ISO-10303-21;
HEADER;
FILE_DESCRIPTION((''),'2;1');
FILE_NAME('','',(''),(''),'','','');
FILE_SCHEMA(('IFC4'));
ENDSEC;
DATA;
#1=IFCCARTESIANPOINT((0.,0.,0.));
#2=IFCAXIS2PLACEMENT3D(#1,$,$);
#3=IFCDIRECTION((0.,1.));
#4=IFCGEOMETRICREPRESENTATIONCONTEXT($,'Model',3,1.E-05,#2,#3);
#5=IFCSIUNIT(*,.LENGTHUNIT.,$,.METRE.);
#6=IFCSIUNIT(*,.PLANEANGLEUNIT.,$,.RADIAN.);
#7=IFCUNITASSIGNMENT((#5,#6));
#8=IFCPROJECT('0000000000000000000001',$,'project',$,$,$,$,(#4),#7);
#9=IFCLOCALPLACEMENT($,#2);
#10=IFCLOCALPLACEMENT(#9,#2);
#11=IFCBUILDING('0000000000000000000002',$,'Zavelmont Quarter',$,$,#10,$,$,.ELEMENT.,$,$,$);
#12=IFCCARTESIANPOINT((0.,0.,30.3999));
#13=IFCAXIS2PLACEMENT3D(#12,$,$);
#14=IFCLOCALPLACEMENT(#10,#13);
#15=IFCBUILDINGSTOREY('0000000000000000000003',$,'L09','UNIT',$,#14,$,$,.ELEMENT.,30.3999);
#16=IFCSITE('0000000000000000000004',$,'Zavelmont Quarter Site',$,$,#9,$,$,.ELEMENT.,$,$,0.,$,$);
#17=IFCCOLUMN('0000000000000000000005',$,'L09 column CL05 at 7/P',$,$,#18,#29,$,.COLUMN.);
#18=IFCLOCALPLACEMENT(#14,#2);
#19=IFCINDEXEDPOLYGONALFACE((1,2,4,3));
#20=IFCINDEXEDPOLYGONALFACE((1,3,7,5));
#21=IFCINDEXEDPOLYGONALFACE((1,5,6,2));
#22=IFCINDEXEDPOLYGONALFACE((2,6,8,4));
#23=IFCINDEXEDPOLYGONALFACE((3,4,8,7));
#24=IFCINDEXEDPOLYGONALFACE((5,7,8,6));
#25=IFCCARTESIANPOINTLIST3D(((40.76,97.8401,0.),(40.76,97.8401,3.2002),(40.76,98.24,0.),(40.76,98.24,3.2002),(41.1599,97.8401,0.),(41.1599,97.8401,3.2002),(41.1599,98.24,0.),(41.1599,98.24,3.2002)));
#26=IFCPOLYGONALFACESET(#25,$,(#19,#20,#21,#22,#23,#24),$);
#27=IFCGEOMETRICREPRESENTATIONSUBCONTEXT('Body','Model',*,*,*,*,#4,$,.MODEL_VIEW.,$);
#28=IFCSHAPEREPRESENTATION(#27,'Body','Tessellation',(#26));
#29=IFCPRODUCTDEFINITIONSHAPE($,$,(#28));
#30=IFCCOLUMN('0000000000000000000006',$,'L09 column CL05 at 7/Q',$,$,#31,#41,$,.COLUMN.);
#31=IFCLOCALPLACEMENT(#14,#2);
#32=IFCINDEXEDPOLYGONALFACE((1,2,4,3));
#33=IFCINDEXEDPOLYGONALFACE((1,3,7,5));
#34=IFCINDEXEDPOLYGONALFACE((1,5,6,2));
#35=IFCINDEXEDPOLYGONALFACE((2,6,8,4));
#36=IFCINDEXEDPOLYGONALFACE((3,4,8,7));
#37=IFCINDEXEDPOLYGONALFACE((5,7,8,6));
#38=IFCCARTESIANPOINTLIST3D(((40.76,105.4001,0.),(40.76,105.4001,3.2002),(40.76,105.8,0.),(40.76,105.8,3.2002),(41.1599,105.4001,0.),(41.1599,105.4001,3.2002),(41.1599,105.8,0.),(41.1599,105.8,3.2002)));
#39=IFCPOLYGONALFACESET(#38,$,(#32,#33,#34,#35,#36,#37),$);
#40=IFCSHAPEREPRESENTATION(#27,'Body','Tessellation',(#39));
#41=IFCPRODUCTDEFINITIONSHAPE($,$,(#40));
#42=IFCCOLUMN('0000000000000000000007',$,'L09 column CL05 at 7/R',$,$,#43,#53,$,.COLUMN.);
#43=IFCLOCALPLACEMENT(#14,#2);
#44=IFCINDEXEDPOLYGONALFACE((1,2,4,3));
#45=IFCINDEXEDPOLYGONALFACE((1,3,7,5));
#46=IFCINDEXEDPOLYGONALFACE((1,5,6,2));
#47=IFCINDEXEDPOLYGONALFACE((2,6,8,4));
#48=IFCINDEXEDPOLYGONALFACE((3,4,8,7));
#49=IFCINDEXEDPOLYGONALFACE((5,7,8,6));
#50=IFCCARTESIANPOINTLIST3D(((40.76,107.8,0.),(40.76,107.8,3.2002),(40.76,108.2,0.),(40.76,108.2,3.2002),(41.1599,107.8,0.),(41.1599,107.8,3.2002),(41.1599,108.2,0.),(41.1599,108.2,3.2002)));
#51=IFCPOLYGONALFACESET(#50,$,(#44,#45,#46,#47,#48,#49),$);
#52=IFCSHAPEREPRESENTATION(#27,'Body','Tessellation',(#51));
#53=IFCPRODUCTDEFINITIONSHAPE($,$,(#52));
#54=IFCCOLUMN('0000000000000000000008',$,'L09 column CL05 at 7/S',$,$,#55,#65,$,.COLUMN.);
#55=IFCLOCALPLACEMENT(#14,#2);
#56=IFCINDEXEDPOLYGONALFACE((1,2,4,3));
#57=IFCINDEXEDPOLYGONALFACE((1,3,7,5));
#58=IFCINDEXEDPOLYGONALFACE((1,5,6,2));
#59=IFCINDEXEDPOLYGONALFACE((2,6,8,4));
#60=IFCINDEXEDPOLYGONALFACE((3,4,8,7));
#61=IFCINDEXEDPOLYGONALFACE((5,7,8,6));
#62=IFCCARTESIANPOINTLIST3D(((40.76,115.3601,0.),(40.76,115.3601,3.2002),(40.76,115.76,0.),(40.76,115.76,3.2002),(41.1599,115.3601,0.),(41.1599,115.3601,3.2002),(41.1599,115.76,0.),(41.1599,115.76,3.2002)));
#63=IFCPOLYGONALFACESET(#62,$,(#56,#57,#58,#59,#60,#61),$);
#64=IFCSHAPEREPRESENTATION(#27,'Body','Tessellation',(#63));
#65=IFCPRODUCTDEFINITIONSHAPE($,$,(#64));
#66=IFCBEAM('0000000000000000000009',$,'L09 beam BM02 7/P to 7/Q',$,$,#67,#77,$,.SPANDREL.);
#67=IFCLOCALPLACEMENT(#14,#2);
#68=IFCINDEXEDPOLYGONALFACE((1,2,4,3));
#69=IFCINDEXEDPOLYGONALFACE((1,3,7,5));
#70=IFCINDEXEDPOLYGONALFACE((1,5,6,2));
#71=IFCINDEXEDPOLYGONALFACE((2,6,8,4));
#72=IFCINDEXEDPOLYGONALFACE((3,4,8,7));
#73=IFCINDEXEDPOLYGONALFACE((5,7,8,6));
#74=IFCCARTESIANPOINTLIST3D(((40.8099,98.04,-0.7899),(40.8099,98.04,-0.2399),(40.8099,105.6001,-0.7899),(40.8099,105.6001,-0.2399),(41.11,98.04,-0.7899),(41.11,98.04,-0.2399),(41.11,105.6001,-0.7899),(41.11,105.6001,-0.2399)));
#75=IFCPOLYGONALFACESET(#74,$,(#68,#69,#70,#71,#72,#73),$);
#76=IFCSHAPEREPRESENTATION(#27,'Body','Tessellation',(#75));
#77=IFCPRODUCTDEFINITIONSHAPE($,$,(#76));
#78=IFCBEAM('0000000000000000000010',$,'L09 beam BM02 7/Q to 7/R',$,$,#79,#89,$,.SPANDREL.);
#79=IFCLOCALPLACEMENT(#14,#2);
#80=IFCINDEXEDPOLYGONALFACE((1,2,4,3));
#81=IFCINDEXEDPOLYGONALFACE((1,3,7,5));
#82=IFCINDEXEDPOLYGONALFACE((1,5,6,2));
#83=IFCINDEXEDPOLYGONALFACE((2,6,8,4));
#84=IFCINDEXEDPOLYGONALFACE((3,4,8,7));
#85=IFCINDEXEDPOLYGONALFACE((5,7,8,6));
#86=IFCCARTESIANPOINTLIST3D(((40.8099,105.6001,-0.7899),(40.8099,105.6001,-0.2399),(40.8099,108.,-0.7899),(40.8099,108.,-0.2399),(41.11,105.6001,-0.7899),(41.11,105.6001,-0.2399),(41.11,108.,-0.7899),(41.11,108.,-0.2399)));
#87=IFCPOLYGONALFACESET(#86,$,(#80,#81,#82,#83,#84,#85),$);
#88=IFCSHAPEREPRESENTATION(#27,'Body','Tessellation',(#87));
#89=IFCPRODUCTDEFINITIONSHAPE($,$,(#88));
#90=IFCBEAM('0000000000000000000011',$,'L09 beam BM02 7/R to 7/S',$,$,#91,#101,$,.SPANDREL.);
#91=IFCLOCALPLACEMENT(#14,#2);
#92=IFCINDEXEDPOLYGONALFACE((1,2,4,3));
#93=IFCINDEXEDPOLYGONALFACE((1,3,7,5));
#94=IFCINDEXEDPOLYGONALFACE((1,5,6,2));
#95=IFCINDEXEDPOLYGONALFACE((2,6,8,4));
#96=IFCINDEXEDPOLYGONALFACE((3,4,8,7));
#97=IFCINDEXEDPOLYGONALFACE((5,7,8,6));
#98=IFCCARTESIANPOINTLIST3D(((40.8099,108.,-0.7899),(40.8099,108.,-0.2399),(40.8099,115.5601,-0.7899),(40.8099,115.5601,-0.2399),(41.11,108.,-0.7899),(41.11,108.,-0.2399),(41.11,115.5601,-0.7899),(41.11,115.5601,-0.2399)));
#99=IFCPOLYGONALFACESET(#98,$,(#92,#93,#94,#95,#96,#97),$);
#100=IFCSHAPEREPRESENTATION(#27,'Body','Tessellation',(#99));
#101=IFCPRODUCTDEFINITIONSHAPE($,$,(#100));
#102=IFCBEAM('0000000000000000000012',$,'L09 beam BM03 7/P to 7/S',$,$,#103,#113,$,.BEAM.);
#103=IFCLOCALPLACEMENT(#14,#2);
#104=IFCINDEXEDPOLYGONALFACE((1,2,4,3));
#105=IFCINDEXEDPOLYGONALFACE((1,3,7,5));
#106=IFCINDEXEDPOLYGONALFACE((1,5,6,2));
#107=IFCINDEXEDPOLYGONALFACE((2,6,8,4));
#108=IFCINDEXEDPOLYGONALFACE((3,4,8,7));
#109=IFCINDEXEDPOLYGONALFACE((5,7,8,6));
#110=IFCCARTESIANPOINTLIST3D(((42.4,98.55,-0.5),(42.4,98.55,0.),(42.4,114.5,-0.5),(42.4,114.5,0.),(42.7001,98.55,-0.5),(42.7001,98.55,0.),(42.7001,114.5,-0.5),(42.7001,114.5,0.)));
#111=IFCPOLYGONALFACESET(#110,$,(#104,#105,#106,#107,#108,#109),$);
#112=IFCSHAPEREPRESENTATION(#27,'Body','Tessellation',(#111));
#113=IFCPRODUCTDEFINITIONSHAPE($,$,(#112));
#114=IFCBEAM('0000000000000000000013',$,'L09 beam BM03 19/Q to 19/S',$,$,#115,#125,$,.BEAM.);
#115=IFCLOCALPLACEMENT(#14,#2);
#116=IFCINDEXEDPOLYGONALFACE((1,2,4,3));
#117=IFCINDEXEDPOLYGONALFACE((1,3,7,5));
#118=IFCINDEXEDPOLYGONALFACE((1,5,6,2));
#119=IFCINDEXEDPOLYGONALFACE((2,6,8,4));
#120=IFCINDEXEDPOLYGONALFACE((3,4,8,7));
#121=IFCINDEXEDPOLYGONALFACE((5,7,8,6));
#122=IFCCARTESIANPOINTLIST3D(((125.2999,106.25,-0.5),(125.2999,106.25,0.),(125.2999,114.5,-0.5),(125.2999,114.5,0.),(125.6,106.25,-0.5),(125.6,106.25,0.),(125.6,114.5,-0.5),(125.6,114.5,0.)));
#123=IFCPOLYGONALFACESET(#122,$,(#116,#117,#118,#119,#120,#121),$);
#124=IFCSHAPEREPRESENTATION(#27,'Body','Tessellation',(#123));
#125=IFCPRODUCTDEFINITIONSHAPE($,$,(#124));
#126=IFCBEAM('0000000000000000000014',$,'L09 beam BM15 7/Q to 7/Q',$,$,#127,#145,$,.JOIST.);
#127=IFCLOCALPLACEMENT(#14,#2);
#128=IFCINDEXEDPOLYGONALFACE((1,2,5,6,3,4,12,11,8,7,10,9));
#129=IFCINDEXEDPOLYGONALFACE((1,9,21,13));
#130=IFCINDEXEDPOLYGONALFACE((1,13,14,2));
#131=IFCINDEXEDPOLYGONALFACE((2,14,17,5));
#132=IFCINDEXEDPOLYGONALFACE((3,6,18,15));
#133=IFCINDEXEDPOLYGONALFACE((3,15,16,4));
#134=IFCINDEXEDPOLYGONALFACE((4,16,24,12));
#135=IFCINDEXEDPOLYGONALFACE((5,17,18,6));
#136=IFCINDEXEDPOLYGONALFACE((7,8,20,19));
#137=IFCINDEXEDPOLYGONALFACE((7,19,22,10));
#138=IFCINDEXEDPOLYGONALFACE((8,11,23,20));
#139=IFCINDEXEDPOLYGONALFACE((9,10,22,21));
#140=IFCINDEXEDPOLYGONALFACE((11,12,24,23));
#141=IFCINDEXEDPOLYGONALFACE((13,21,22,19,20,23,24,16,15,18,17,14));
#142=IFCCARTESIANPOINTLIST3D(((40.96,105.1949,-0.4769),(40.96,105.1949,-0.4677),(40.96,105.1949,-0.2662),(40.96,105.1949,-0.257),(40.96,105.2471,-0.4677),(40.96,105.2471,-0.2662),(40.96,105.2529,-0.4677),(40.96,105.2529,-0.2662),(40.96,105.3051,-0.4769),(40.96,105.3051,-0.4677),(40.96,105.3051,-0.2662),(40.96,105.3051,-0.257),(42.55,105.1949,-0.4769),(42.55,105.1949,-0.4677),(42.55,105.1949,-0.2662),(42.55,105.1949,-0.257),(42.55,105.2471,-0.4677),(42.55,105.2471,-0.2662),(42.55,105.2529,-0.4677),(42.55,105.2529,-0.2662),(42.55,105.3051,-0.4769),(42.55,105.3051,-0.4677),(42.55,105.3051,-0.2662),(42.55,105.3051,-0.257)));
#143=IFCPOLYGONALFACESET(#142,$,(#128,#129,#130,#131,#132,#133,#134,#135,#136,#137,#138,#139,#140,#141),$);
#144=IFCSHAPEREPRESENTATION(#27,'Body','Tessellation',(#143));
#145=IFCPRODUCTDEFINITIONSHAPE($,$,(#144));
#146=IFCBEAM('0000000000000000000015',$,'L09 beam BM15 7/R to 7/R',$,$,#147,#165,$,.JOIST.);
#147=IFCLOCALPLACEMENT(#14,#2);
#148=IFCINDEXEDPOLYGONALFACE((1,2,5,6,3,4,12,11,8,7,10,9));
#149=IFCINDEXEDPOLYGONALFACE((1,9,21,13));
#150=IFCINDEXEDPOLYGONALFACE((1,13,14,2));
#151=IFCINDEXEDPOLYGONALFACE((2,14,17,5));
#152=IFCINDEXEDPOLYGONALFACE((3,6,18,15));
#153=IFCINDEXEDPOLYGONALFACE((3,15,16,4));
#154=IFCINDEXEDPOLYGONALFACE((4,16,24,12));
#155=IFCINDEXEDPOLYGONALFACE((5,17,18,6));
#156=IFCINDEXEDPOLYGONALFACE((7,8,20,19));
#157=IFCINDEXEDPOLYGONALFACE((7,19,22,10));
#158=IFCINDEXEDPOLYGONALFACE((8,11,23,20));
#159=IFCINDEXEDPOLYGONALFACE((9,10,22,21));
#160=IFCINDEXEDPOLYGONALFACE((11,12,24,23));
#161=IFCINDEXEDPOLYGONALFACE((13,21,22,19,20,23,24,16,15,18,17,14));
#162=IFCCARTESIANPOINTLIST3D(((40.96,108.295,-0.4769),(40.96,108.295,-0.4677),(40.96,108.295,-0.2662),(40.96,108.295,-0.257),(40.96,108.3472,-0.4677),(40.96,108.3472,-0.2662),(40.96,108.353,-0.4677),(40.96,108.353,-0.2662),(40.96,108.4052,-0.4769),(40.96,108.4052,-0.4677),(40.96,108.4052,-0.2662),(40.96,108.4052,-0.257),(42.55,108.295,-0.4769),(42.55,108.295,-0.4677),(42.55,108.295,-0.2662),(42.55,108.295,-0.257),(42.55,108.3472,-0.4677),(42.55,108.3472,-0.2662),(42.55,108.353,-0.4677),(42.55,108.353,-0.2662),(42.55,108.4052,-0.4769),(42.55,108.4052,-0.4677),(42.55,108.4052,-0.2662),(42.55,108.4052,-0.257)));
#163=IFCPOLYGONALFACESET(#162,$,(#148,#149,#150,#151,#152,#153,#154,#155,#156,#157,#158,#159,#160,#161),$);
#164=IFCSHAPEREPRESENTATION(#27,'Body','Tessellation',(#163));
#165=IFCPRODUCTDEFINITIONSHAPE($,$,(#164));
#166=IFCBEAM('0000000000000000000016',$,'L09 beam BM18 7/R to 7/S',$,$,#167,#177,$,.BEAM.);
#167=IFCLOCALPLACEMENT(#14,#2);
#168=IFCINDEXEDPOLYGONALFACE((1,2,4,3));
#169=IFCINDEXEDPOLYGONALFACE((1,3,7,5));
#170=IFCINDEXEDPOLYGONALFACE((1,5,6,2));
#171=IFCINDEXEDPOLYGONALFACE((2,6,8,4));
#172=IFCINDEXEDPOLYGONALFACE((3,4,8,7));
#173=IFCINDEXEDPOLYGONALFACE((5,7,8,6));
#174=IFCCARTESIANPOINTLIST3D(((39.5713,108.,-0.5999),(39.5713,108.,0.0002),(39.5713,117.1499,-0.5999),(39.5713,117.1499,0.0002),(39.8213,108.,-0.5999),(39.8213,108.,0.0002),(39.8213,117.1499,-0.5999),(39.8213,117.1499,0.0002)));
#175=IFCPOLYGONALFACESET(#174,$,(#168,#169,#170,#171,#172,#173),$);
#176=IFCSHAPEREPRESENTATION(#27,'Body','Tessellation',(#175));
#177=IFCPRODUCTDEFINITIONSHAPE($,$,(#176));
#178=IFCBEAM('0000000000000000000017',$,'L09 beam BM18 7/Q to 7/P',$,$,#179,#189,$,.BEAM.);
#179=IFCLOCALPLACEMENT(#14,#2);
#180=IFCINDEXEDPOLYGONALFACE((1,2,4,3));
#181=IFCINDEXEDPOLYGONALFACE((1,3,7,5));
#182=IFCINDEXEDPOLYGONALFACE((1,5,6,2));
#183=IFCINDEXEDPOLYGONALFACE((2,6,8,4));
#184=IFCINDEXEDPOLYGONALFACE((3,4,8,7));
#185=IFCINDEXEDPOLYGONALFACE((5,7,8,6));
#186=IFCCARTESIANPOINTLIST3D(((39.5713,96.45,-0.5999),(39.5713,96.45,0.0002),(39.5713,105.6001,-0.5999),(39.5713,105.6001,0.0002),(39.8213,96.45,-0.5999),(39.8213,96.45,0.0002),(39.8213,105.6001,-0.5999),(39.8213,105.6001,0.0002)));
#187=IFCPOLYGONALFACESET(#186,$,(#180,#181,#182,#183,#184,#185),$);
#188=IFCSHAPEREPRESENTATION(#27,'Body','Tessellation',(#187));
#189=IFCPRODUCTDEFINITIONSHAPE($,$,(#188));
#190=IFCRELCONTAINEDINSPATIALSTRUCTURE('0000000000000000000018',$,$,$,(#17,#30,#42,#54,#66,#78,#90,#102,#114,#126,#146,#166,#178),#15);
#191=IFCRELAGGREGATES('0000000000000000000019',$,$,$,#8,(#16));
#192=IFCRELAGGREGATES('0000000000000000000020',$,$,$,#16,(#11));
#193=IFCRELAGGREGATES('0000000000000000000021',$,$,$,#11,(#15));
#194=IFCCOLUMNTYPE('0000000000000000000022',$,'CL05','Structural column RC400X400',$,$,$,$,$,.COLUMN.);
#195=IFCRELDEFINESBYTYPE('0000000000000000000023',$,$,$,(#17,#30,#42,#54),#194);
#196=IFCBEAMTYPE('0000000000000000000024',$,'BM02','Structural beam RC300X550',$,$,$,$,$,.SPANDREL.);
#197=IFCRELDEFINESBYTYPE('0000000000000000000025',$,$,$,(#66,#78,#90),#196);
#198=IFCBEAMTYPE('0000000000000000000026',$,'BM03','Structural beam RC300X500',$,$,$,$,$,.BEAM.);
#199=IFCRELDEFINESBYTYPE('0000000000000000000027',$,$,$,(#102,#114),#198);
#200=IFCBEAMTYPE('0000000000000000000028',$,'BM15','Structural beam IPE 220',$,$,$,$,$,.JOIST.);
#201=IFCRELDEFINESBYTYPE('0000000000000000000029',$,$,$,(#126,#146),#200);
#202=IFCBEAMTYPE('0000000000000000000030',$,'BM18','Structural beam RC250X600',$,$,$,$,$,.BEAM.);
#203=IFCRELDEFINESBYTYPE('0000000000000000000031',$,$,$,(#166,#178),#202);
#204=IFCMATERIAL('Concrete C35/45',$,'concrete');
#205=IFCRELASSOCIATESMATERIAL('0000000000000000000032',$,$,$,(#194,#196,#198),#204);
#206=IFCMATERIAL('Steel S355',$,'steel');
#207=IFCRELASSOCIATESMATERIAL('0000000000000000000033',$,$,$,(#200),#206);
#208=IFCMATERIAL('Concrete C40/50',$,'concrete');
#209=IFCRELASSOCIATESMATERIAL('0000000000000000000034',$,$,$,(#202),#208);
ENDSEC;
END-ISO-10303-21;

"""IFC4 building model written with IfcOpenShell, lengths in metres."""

from ifc_helpers import new_model, si_unit, direction, frame, origin, origin_2d, place, context, subcontext, project, spatial, rectangle, i_section, extrude, material, material_profile, profile_set, type_object, element, save


model = new_model("IFC4")

# Units and contexts
model_context = context("Model", 3, precision=1e-05, world=origin(), true_north=direction((0.0, 1.0)))
body_context = subcontext(model_context, "Body", "Model", "MODEL_VIEW")
ifc_project = project(units=[si_unit("LENGTHUNIT", "METRE"), si_unit("PLANEANGLEUNIT", "RADIAN")], contexts=[model_context])

# Site, building, storey
site_placement = place(None, origin())
site = spatial("IfcSite", under=ifc_project, at=site_placement, Name="Zavelmont Quarter Site", CompositionType="ELEMENT", RefElevation=0.0)
building_placement = place(site_placement, origin())
building = spatial("IfcBuilding", under=site, at=building_placement, Name="Zavelmont Quarter", CompositionType="ELEMENT")
storey_placement = place(building_placement, frame((0.0, 0.0, 30.3999)))
storey = spatial("IfcBuildingStorey", under=building, at=storey_placement, Name="L09", Description="UNIT", CompositionType="ELEMENT", Elevation=30.3999)

# Columns
ifc_material_1 = material(Name="Concrete C35/45", Category="concrete")
ifc_material_profile_1 = material_profile(ifc_material_1, rectangle(XDim=0.3999, YDim=0.3999, at=origin_2d()), Name="RC400X400")
ifc_profile_set_1 = profile_set([ifc_material_profile_1], Name="Concrete C35/45")
column_type = type_object("IfcColumnType", Name="CL05", Description="Structural column RC400X400", PredefinedType="COLUMN", material=ifc_profile_set_1)
for number, where, z_axis, x_axis, name in (
    (1, (40.96, 98.04, 0.0), (0.0, 0.0, 1.0), (1.0, 0.0, 0.0), "L09 column CL05 at 7/P"),
    (2, (40.96, 105.6001, 0.0), (0.0, 0.0, 1.0), (1.0, 0.0, 0.0), "L09 column CL05 at 7/Q"),
    (3, (40.96, 108.0, 0.0), (0.0, 0.0, 1.0), (1.0, 0.0, 0.0), "L09 column CL05 at 7/R"),
    (4, (40.96, 115.5601, 0.0), (0.0, 0.0, 1.0), (1.0, 0.0, 0.0), "L09 column CL05 at 7/S"),
):
    element("IfcColumn", number, at=place(storey_placement, frame(where, z_axis=z_axis, x_axis=x_axis)), inside=storey, type_object=column_type, Name=name, PredefinedType="COLUMN", context=body_context, shape_type="SweptSolid", body=[
        extrude(rectangle(XDim=0.3999, YDim=0.3999, at=origin_2d()), origin(), (0.0, 0.0, 1.0), 3.2002),
    ])

# Beams
ifc_material_profile_2 = material_profile(ifc_material_1, rectangle(XDim=0.3, YDim=0.55, at=origin_2d()), Name="RC300X550")
ifc_profile_set_2 = profile_set([ifc_material_profile_2], Name="Concrete C35/45")
beam_type_1 = type_object("IfcBeamType", Name="BM02", Description="Structural beam RC300X550", PredefinedType="SPANDREL", material=ifc_profile_set_2)
beam_1_placement = place(storey_placement, frame((40.96, 98.04, -0.5149), z_axis=(0.0, 1.0, 0.0), x_axis=(-1.0, 0.0, 0.0)))
element("IfcBeam", 5, at=beam_1_placement, inside=storey, type_object=beam_type_1, Name="L09 beam BM02 7/P to 7/Q", PredefinedType="SPANDREL", context=body_context, shape_type="SweptSolid", body=[
    extrude(rectangle(XDim=0.3, YDim=0.55, at=origin_2d()), origin(), (0.0, 0.0, 1.0), 7.5601),
])
beam_2_placement = place(storey_placement, frame((40.96, 105.6001, -0.5149), z_axis=(0.0, 1.0, 0.0), x_axis=(-1.0, 0.0, 0.0)))
element("IfcBeam", 6, at=beam_2_placement, inside=storey, type_object=beam_type_1, Name="L09 beam BM02 7/Q to 7/R", PredefinedType="SPANDREL", context=body_context, shape_type="SweptSolid", body=[
    extrude(rectangle(XDim=0.3, YDim=0.55, at=origin_2d()), origin(), (0.0, 0.0, 1.0), 2.3999),
])
beam_3_placement = place(storey_placement, frame((40.96, 108.0, -0.5149), z_axis=(0.0, 1.0, 0.0), x_axis=(-1.0, 0.0, 0.0)))
element("IfcBeam", 7, at=beam_3_placement, inside=storey, type_object=beam_type_1, Name="L09 beam BM02 7/R to 7/S", PredefinedType="SPANDREL", context=body_context, shape_type="SweptSolid", body=[
    extrude(rectangle(XDim=0.3, YDim=0.55, at=origin_2d()), origin(), (0.0, 0.0, 1.0), 7.5601),
])
ifc_material_profile_3 = material_profile(ifc_material_1, rectangle(XDim=0.3, YDim=0.5, at=origin_2d()), Name="RC300X500")
ifc_profile_set_3 = profile_set([ifc_material_profile_3], Name="Concrete C35/45")
beam_type_2 = type_object("IfcBeamType", Name="BM03", Description="Structural beam RC300X500", PredefinedType="BEAM", material=ifc_profile_set_3)
beam_4_placement = place(storey_placement, frame((42.55, 98.55, -0.25), z_axis=(0.0, 1.0, 0.0), x_axis=(-1.0, 0.0, 0.0)))
element("IfcBeam", 8, at=beam_4_placement, inside=storey, type_object=beam_type_2, Name="L09 beam BM03 7/P to 7/S", PredefinedType="BEAM", context=body_context, shape_type="SweptSolid", body=[
    extrude(rectangle(XDim=0.3, YDim=0.5, at=origin_2d()), origin(), (0.0, 0.0, 1.0), 15.95),
])
beam_5_placement = place(storey_placement, frame((125.45, 106.25, -0.25), z_axis=(0.0, 1.0, 0.0), x_axis=(-1.0, 0.0, 0.0)))
element("IfcBeam", 9, at=beam_5_placement, inside=storey, type_object=beam_type_2, Name="L09 beam BM03 19/Q to 19/S", PredefinedType="BEAM", context=body_context, shape_type="SweptSolid", body=[
    extrude(rectangle(XDim=0.3, YDim=0.5, at=origin_2d()), origin(), (0.0, 0.0, 1.0), 8.25),
])
ifc_material_2 = material(Name="Steel S355", Category="steel")
ifc_material_profile_4 = material_profile(ifc_material_2, i_section(OverallWidth=0.1101, OverallDepth=0.22, WebThickness=0.0059, FlangeThickness=0.0093, at=origin_2d()), Name="IPE 220")
ifc_profile_set_4 = profile_set([ifc_material_profile_4], Name="Steel S355")
beam_type_3 = type_object("IfcBeamType", Name="BM15", Description="Structural beam IPE 220", PredefinedType="JOIST", material=ifc_profile_set_4)
for number, where, z_axis, x_axis, name in (
    (10, (40.96, 105.25, -0.3669), (1.0, 0.0, 0.0), (0.0, 1.0, 0.0), "L09 beam BM15 7/Q to 7/Q"),
    (11, (40.96, 108.3501, -0.3669), (1.0, 0.0, 0.0), (0.0, 1.0, 0.0), "L09 beam BM15 7/R to 7/R"),
):
    element("IfcBeam", number, at=place(storey_placement, frame(where, z_axis=z_axis, x_axis=x_axis)), inside=storey, type_object=beam_type_3, Name=name, PredefinedType="JOIST", context=body_context, shape_type="SweptSolid", body=[
        extrude(i_section(OverallWidth=0.1101, OverallDepth=0.22, WebThickness=0.0059, FlangeThickness=0.0093, at=origin_2d()), origin(), (0.0, 0.0, 1.0), 1.5901),
    ])
ifc_material_3 = material(Name="Concrete C40/50", Category="concrete")
ifc_material_profile_5 = material_profile(ifc_material_3, rectangle(XDim=0.25, YDim=0.6001, at=origin_2d()), Name="RC250X600")
ifc_profile_set_5 = profile_set([ifc_material_profile_5], Name="Concrete C40/50")
beam_type_4 = type_object("IfcBeamType", Name="BM18", Description="Structural beam RC250X600", PredefinedType="BEAM", material=ifc_profile_set_5)
beam_6_placement = place(storey_placement, frame((39.6963, 108.0, -0.2998), z_axis=(0.0, 1.0, 0.0), x_axis=(-1.0, 0.0, 0.0)))
element("IfcBeam", 12, at=beam_6_placement, inside=storey, type_object=beam_type_4, Name="L09 beam BM18 7/R to 7/S", PredefinedType="BEAM", context=body_context, shape_type="SweptSolid", body=[
    extrude(rectangle(XDim=0.25, YDim=0.6001, at=origin_2d()), origin(), (0.0, 0.0, 1.0), 9.1499),
])
beam_7_placement = place(storey_placement, frame((39.6963, 105.6001, -0.2998), z_axis=(0.0, -1.0, 0.0), x_axis=(1.0, 0.0, 0.0)))
element("IfcBeam", 13, at=beam_7_placement, inside=storey, type_object=beam_type_4, Name="L09 beam BM18 7/Q to 7/P", PredefinedType="BEAM", context=body_context, shape_type="SweptSolid", body=[
    extrude(rectangle(XDim=0.25, YDim=0.6001, at=origin_2d()), origin(), (0.0, 0.0, 1.0), 9.1501),
])

save(model, "model.ifc")
